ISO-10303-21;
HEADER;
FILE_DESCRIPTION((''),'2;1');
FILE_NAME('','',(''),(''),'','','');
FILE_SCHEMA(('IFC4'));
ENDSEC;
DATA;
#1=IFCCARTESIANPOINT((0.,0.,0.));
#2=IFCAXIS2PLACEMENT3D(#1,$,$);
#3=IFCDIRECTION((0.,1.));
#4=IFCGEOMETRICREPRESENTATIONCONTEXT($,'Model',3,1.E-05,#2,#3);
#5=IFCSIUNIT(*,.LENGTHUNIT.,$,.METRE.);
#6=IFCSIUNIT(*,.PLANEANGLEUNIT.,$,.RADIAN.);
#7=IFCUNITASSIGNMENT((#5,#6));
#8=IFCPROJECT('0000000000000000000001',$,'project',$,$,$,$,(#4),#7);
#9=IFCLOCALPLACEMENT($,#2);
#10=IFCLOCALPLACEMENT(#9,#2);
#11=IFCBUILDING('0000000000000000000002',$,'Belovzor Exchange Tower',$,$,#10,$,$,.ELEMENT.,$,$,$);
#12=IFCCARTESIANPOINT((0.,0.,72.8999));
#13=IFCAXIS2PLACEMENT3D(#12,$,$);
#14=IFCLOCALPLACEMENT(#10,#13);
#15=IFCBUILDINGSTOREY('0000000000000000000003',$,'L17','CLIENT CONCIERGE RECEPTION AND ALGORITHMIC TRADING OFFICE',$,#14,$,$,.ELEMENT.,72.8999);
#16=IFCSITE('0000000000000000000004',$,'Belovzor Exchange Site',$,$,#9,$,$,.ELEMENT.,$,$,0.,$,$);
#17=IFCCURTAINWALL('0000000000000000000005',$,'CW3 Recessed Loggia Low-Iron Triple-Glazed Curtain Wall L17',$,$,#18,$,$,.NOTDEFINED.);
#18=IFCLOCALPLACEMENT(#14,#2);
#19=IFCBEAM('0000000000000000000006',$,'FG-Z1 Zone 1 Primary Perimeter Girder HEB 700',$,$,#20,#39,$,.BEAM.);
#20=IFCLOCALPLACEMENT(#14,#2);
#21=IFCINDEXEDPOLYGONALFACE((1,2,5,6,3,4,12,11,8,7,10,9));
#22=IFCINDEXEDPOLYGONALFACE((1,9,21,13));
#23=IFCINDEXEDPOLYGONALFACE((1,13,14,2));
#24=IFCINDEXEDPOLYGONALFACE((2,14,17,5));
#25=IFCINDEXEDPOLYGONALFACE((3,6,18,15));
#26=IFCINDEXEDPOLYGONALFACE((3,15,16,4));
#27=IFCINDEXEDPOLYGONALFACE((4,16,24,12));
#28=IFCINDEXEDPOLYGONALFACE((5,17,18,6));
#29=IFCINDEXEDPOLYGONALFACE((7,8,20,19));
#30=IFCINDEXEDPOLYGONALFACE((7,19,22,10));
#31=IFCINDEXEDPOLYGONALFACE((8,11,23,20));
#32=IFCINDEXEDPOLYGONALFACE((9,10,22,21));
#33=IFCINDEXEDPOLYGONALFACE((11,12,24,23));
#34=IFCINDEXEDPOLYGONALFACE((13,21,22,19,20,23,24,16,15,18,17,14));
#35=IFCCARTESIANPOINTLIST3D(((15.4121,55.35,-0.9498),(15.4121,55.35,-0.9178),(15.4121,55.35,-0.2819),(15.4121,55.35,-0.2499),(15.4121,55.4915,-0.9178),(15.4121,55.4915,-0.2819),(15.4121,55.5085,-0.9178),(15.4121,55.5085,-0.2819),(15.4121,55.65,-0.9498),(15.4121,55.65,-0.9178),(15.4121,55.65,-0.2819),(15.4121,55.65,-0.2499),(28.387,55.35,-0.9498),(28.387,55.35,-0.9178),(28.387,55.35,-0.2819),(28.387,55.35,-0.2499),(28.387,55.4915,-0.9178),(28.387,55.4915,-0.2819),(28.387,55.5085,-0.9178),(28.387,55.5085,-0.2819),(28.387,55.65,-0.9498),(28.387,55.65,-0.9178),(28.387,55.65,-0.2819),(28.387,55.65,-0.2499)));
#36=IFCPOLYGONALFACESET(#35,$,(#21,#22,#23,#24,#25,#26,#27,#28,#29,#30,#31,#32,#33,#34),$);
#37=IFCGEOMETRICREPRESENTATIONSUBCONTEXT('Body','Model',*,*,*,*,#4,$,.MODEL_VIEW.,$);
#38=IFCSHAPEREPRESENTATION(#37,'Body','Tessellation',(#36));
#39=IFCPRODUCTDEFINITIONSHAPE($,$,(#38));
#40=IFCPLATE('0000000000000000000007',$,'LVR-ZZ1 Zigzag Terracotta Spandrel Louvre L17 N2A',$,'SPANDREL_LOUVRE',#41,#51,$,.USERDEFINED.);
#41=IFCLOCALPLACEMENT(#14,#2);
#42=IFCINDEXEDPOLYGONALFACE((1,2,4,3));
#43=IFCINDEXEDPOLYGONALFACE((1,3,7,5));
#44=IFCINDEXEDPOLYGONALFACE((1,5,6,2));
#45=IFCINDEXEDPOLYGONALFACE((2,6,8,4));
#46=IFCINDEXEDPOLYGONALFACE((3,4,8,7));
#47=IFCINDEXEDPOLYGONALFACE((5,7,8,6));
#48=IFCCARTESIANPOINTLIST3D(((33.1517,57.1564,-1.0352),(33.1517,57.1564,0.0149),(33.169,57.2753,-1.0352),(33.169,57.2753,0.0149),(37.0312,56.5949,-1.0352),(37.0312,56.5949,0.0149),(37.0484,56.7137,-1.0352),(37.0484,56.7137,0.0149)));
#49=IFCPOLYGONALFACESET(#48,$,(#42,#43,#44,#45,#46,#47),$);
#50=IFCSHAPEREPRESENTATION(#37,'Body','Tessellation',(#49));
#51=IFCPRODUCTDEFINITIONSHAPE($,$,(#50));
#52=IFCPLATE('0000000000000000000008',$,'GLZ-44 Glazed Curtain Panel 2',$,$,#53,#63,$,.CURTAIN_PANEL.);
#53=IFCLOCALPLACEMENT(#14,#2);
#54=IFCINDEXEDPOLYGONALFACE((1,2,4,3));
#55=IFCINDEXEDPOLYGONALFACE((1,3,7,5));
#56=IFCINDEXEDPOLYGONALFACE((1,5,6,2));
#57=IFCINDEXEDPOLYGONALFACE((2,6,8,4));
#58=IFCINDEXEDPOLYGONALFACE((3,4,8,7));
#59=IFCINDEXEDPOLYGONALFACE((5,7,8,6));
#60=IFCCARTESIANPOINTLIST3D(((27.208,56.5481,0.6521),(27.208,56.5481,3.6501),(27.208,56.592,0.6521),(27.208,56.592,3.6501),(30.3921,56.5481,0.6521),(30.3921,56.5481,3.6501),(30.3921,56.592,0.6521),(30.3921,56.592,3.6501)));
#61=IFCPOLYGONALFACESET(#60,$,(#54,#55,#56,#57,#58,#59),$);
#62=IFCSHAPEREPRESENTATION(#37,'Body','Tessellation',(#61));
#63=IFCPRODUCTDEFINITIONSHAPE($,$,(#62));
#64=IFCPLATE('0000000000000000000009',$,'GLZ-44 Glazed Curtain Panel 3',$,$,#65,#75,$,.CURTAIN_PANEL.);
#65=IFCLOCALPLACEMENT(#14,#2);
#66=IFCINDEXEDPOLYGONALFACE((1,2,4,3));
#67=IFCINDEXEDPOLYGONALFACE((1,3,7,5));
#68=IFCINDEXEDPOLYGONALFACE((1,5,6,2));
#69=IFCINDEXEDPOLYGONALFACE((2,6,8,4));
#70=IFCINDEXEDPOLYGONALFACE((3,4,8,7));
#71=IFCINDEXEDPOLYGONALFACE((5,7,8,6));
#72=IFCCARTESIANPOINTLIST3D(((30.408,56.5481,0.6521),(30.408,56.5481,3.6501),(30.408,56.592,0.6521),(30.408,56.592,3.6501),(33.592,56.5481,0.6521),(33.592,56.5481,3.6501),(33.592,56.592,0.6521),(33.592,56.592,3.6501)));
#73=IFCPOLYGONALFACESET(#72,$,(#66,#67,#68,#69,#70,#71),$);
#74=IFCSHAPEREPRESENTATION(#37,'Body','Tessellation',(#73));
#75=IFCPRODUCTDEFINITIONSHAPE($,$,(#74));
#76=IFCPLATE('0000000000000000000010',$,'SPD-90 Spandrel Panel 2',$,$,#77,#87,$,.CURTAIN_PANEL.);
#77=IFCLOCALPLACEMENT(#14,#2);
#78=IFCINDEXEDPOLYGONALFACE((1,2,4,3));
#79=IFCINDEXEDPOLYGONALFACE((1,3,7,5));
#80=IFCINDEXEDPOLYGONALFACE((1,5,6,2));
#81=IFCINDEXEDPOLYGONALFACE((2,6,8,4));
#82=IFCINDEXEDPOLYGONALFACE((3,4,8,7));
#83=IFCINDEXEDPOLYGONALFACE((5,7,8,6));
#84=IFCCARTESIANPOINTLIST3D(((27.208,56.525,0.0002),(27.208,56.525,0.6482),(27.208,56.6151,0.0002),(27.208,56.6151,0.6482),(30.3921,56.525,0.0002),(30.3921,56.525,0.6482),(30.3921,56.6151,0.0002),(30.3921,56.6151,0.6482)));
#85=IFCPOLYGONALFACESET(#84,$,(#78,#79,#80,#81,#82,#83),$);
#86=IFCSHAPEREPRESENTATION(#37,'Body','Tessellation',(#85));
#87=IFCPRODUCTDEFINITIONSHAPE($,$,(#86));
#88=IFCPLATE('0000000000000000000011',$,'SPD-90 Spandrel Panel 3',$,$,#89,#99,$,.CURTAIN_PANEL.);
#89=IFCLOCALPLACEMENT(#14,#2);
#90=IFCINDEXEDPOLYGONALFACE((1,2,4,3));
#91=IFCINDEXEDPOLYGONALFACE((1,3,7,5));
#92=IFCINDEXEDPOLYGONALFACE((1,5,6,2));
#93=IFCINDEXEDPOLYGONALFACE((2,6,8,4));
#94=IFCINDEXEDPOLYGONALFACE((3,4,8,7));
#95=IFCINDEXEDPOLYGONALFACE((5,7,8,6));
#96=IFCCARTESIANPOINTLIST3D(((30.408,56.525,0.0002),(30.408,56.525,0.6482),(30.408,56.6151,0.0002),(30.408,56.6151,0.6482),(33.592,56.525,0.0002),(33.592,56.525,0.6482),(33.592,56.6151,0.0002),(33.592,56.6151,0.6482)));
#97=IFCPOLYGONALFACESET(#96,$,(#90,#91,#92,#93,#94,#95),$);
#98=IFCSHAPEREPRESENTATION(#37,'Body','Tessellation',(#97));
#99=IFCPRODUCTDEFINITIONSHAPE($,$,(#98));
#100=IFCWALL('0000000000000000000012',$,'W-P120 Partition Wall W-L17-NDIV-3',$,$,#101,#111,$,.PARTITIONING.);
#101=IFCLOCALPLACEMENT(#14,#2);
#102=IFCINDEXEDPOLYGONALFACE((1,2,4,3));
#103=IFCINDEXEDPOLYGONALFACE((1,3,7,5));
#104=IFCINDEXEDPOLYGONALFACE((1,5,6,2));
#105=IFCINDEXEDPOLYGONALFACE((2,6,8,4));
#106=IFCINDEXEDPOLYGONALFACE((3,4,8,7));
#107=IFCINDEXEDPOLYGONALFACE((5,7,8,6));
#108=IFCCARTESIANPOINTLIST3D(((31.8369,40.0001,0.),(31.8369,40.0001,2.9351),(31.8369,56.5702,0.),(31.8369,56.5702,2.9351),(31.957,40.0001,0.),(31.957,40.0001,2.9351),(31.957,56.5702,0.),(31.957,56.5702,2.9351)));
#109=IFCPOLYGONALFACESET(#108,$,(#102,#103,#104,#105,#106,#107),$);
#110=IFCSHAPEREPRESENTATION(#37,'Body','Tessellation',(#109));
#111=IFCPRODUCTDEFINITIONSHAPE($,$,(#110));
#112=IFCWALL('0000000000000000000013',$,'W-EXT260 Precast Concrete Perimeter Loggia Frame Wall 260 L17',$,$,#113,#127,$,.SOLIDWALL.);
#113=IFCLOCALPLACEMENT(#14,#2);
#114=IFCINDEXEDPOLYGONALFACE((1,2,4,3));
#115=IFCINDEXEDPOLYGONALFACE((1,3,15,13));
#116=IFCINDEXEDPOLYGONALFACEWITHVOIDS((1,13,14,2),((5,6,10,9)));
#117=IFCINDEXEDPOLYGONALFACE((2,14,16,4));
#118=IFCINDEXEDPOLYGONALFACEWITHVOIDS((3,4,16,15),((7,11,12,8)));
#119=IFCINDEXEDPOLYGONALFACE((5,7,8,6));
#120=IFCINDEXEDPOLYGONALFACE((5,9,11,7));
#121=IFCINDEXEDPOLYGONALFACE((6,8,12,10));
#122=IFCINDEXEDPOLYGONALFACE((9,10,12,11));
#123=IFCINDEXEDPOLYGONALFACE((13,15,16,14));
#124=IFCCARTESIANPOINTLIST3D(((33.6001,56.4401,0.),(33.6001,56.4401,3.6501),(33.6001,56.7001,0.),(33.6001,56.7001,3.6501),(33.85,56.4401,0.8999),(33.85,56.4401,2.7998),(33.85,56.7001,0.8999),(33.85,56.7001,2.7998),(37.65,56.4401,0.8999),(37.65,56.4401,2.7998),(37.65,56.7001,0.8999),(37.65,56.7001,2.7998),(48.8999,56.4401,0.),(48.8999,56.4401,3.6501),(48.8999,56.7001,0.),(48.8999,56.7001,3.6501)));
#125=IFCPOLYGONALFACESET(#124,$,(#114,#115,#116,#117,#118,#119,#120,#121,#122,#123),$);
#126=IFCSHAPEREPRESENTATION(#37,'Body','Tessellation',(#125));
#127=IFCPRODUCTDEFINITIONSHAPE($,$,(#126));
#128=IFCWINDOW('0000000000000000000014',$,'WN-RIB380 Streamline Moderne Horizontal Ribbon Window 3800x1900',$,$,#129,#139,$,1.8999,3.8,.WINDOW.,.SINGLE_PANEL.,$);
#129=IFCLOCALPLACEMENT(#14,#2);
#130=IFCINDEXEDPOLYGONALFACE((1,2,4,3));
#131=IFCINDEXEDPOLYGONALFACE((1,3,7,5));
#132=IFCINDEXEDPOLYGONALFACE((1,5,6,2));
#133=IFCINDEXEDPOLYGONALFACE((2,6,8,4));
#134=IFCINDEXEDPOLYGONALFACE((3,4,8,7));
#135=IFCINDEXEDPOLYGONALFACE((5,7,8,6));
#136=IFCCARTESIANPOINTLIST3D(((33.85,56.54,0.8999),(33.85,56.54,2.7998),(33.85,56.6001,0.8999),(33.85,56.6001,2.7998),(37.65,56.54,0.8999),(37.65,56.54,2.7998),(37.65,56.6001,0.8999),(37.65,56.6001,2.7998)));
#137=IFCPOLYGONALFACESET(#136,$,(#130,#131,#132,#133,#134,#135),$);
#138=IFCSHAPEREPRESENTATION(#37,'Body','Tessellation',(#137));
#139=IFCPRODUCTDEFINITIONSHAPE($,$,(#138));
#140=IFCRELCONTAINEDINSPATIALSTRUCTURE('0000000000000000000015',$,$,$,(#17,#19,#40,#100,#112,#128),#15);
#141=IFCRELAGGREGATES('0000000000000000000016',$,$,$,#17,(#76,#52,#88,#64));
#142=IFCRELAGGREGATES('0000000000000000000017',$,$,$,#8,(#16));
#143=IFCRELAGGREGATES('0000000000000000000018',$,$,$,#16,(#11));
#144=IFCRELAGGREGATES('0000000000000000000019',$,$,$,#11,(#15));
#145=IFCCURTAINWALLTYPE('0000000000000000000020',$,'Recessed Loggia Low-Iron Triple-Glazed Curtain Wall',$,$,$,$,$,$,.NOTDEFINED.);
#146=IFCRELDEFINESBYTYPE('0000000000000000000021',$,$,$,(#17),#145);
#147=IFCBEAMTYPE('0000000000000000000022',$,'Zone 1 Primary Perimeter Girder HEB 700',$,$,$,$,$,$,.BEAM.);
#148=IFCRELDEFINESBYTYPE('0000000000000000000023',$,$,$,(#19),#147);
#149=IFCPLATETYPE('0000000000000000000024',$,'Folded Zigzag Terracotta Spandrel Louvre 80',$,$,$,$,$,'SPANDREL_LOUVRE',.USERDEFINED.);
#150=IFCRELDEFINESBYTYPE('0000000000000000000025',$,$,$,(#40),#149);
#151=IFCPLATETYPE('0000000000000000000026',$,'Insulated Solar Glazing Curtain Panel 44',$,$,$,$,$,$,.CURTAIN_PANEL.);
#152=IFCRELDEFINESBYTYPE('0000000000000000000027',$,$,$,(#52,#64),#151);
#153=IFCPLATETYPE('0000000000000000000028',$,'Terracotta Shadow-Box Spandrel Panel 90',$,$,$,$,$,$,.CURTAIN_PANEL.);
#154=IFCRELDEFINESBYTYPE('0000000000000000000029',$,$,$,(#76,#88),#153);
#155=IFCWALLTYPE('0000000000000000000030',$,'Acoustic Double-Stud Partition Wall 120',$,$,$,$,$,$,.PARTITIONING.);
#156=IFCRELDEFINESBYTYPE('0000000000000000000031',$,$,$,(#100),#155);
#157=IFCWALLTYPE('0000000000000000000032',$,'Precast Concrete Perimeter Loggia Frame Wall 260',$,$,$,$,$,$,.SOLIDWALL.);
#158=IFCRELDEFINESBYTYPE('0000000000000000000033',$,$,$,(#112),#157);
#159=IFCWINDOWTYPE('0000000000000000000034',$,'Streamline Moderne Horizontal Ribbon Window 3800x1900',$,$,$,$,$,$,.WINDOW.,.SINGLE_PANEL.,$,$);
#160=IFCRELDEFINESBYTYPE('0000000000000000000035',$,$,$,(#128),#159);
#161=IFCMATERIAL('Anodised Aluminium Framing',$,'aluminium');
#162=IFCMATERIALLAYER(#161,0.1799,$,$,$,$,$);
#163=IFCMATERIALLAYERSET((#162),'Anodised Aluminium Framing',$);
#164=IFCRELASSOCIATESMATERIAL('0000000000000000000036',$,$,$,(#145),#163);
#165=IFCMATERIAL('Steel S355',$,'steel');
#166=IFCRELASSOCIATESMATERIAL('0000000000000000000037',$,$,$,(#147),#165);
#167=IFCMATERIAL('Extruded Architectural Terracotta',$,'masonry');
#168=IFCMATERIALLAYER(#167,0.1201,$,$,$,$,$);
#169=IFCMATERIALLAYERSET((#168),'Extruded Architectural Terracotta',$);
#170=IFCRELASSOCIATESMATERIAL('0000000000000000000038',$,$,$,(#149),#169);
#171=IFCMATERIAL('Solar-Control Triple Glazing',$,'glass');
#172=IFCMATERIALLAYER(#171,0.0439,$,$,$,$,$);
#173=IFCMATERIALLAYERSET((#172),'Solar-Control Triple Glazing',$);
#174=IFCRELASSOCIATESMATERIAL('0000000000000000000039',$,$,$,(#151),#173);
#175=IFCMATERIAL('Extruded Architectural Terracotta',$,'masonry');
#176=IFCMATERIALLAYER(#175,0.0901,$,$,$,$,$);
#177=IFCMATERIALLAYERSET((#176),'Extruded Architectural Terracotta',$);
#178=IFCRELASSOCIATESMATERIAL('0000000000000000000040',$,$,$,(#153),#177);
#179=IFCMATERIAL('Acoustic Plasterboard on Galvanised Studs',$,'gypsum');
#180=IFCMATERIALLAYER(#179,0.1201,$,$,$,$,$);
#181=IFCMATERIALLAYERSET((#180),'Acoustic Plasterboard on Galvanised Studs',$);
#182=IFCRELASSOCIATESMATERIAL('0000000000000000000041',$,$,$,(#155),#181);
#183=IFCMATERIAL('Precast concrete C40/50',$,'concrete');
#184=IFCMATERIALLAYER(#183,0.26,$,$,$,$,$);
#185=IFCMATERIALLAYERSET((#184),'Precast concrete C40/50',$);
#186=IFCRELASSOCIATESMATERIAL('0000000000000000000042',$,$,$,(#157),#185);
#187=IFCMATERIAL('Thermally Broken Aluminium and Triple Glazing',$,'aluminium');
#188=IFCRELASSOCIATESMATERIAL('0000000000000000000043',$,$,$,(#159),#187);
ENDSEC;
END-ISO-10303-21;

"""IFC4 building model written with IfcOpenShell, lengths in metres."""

from ifc_helpers import new_model, si_unit, direction, frame, frame_2d, origin, origin_2d, place, context, subcontext, project, spatial, rectangle, i_section, extrude, material, layer, layer_set, material_profile, profile_set, type_object, element, fill, aggregate, save


model = new_model("IFC4")

# Units and contexts
model_context = context("Model", 3, precision=1e-05, world=origin(), true_north=direction((0.0, 1.0)))
body_context = subcontext(model_context, "Body", "Model", "MODEL_VIEW")
ifc_project = project(units=[si_unit("LENGTHUNIT", "METRE"), si_unit("PLANEANGLEUNIT", "RADIAN")], contexts=[model_context])

# Site, building, storey
site_placement = place(None, origin())
site = spatial("IfcSite", under=ifc_project, at=site_placement, Name="Belovzor Exchange Site", CompositionType="ELEMENT", RefElevation=0.0)
building_placement = place(site_placement, origin())
building = spatial("IfcBuilding", under=site, at=building_placement, Name="Belovzor Exchange Tower", CompositionType="ELEMENT")
storey_placement = place(building_placement, frame((0.0, 0.0, 72.8999)))
storey = spatial("IfcBuildingStorey", under=building, at=storey_placement, Name="L17", Description="CLIENT CONCIERGE RECEPTION AND ALGORITHMIC TRADING OFFICE", CompositionType="ELEMENT", Elevation=72.8999)

# Curtain wall
ifc_material_1 = material(Name="Anodised Aluminium Framing", Category="aluminium")
ifc_layer_1 = layer(ifc_material_1, 0.1799)
ifc_layer_set_1 = layer_set([ifc_layer_1], Name="Anodised Aluminium Framing")
curtain_wall_type = type_object("IfcCurtainWallType", Name="Recessed Loggia Low-Iron Triple-Glazed Curtain Wall", PredefinedType="NOTDEFINED", material=ifc_layer_set_1)
curtain_wall_placement = place(storey_placement, origin())
curtain_wall = element("IfcCurtainWall", 1, at=curtain_wall_placement, inside=storey, type_object=curtain_wall_type, Name="CW3 Recessed Loggia Low-Iron Triple-Glazed Curtain Wall L17", PredefinedType="NOTDEFINED")

# Beam
ifc_material_2 = material(Name="Steel S355", Category="steel")
ifc_material_profile_1 = material_profile(ifc_material_2, i_section(OverallWidth=0.3, OverallDepth=0.7, WebThickness=0.0171, FlangeThickness=0.032, at=origin_2d()))
ifc_profile_set_1 = profile_set([ifc_material_profile_1], Name="Steel S355")
beam_type_1 = type_object("IfcBeamType", Name="Zone 1 Primary Perimeter Girder HEB 700", PredefinedType="BEAM", material=ifc_profile_set_1)
beam_1_placement = place(storey_placement, frame((28.387, 55.5, -0.5999), z_axis=(-1.0, 0.0, 0.0), x_axis=(0.0, -1.0, 0.0)))
element("IfcBeam", 2, at=beam_1_placement, inside=storey, type_object=beam_type_1, Name="FG-Z1 Zone 1 Primary Perimeter Girder HEB 700", PredefinedType="BEAM", context=body_context, shape_type="SweptSolid", body=[
    extrude(i_section(OverallWidth=0.3, OverallDepth=0.7, WebThickness=0.0171, FlangeThickness=0.032, at=origin_2d()), origin(), (0.0, 0.0, 1.0), 12.9749),
])

# Plates
ifc_material_3 = material(Name="Extruded Architectural Terracotta", Category="masonry")
ifc_layer_2 = layer(ifc_material_3, 0.1201)
ifc_layer_set_2 = layer_set([ifc_layer_2], Name="Extruded Architectural Terracotta")
plate_type_1 = type_object("IfcPlateType", Name="Folded Zigzag Terracotta Spandrel Louvre 80", ElementType="SPANDREL_LOUVRE", PredefinedType="USERDEFINED", material=ifc_layer_set_2)
plate_1_placement = place(storey_placement, frame((35.1001, 56.9351, -1.0352), z_axis=(0.0, 0.0, 1.0), x_axis=(0.989686, -0.143251, 0.0)))
element("IfcPlate", 3, at=plate_1_placement, inside=storey, type_object=plate_type_1, Name="LVR-ZZ1 Zigzag Terracotta Spandrel Louvre L17 N2A", ObjectType="SPANDREL_LOUVRE", PredefinedType="USERDEFINED", context=body_context, shape_type="SweptSolid", body=[
    extrude(rectangle(XDim=3.9199, YDim=0.1201, at=origin_2d()), origin(), (0.0, 0.0, 1.0), 1.05),
])
ifc_material_4 = material(Name="Solar-Control Triple Glazing", Category="glass")
ifc_layer_3 = layer(ifc_material_4, 0.0439)
ifc_layer_set_3 = layer_set([ifc_layer_3], Name="Solar-Control Triple Glazing")
plate_type_2 = type_object("IfcPlateType", Name="Insulated Solar Glazing Curtain Panel 44", PredefinedType="CURTAIN_PANEL", material=ifc_layer_set_3)
plate_2_placement = place(storey_placement, frame((28.8, 56.5701, 0.6521), z_axis=(0.0, 0.0, 1.0), x_axis=(1.0, 0.0, 0.0)))
plate_2 = element("IfcPlate", 4, at=plate_2_placement, type_object=plate_type_2, Name="GLZ-44 Glazed Curtain Panel 2", PredefinedType="CURTAIN_PANEL", context=body_context, shape_type="SweptSolid", body=[
    extrude(rectangle(XDim=3.1841, YDim=0.0439, at=origin_2d()), origin(), (0.0, 0.0, 1.0), 2.998),
])
plate_3_placement = place(storey_placement, frame((32.0, 56.5701, 0.6521), z_axis=(0.0, 0.0, 1.0), x_axis=(1.0, 0.0, 0.0)))
plate_3 = element("IfcPlate", 5, at=plate_3_placement, type_object=plate_type_2, Name="GLZ-44 Glazed Curtain Panel 3", PredefinedType="CURTAIN_PANEL", context=body_context, shape_type="SweptSolid", body=[
    extrude(rectangle(XDim=3.1841, YDim=0.0439, at=origin_2d()), origin(), (0.0, 0.0, 1.0), 2.998),
])
ifc_material_5 = material(Name="Extruded Architectural Terracotta", Category="masonry")
ifc_layer_4 = layer(ifc_material_5, 0.0901)
ifc_layer_set_4 = layer_set([ifc_layer_4], Name="Extruded Architectural Terracotta")
plate_type_3 = type_object("IfcPlateType", Name="Terracotta Shadow-Box Spandrel Panel 90", PredefinedType="CURTAIN_PANEL", material=ifc_layer_set_4)
plate_4_placement = place(storey_placement, frame((28.8, 56.5701, 0.0002), z_axis=(0.0, 0.0, 1.0), x_axis=(1.0, 0.0, 0.0)))
plate_4 = element("IfcPlate", 6, at=plate_4_placement, type_object=plate_type_3, Name="SPD-90 Spandrel Panel 2", PredefinedType="CURTAIN_PANEL", context=body_context, shape_type="SweptSolid", body=[
    extrude(rectangle(XDim=3.1841, YDim=0.0901, at=origin_2d()), origin(), (0.0, 0.0, 1.0), 0.6479),
])
plate_5_placement = place(storey_placement, frame((32.0, 56.5701, 0.0002), z_axis=(0.0, 0.0, 1.0), x_axis=(1.0, 0.0, 0.0)))
plate_5 = element("IfcPlate", 7, at=plate_5_placement, type_object=plate_type_3, Name="SPD-90 Spandrel Panel 3", PredefinedType="CURTAIN_PANEL", context=body_context, shape_type="SweptSolid", body=[
    extrude(rectangle(XDim=3.1841, YDim=0.0901, at=origin_2d()), origin(), (0.0, 0.0, 1.0), 0.6479),
])
aggregate(curtain_wall, [plate_4, plate_2, plate_5, plate_3])

# Wall
ifc_material_6 = material(Name="Acoustic Plasterboard on Galvanised Studs", Category="gypsum")
ifc_layer_5 = layer(ifc_material_6, 0.1201)
ifc_layer_set_5 = layer_set([ifc_layer_5], Name="Acoustic Plasterboard on Galvanised Studs")
wall_type_1 = type_object("IfcWallType", Name="Acoustic Double-Stud Partition Wall 120", PredefinedType="PARTITIONING", material=ifc_layer_set_5)
wall_1_placement = place(storey_placement, frame((31.897, 40.0, 0.0), z_axis=(0.0, 0.0, 1.0), x_axis=(0.0, 1.0, 0.0)))
element("IfcWall", 8, at=wall_1_placement, inside=storey, type_object=wall_type_1, Name="W-P120 Partition Wall W-L17-NDIV-3", PredefinedType="PARTITIONING", context=body_context, shape_type="SweptSolid", body=[
    extrude(rectangle(XDim=16.5701, YDim=0.1201, at=frame_2d((8.2852, 0.0))), origin(), (0.0, 0.0, 1.0), 2.9351),
])

# Wall, opening, window
ifc_material_7 = material(Name="Precast concrete C40/50", Category="concrete")
ifc_layer_6 = layer(ifc_material_7, 0.26)
ifc_layer_set_6 = layer_set([ifc_layer_6], Name="Precast concrete C40/50")
wall_type_2 = type_object("IfcWallType", Name="Precast Concrete Perimeter Loggia Frame Wall 260", PredefinedType="SOLIDWALL", material=ifc_layer_set_6)
wall_2_placement = place(storey_placement, frame((33.6001, 56.5701, 0.0), z_axis=(0.0, 0.0, 1.0), x_axis=(1.0, 0.0, 0.0)))
wall_2 = element("IfcWall", 9, at=wall_2_placement, inside=storey, type_object=wall_type_2, Name="W-EXT260 Precast Concrete Perimeter Loggia Frame Wall 260 L17", PredefinedType="SOLIDWALL", context=body_context, shape_type="SweptSolid", body=[
    extrude(rectangle(XDim=15.2998, YDim=0.26, at=frame_2d((7.6499, 0.0))), origin(), (0.0, 0.0, 1.0), 3.6501),
])
opening_placement = place(wall_2_placement, frame((0.25, 0.0, 0.8999)))
opening = element("IfcOpeningElement", 10, at=opening_placement, cuts=wall_2, PredefinedType="OPENING", context=body_context, shape_type="SweptSolid", body=[
    extrude(rectangle(XDim=3.8, YDim=1.8999, at=frame_2d((1.8999, 0.95))), frame((0.0, 0.1399, 0.0), z_axis=(0.0, -1.0, 0.0), x_axis=(1.0, 0.0, 0.0)), (0.0, 0.0, 1.0), 0.28),
])
ifc_material_8 = material(Name="Thermally Broken Aluminium and Triple Glazing", Category="aluminium")
window_type = type_object("IfcWindowType", Name="Streamline Moderne Horizontal Ribbon Window 3800x1900", PartitioningType="SINGLE_PANEL", PredefinedType="WINDOW", material=ifc_material_8)
window_placement = place(opening_placement, origin())
window = element("IfcWindow", 11, at=window_placement, inside=storey, type_object=window_type, Name="WN-RIB380 Streamline Moderne Horizontal Ribbon Window 3800x1900", OverallHeight=1.8999, OverallWidth=3.8, PartitioningType="SINGLE_PANEL", PredefinedType="WINDOW", context=body_context, shape_type="SweptSolid", body=[
    extrude(rectangle(XDim=3.8, YDim=1.8999, at=frame_2d((1.8999, 0.95))), frame((0.0, 0.03, 0.0), z_axis=(0.0, -1.0, 0.0), x_axis=(1.0, 0.0, 0.0)), (0.0, 0.0, 1.0), 0.0601),
])
fill(opening, window)

save(model, "model.ifc")
